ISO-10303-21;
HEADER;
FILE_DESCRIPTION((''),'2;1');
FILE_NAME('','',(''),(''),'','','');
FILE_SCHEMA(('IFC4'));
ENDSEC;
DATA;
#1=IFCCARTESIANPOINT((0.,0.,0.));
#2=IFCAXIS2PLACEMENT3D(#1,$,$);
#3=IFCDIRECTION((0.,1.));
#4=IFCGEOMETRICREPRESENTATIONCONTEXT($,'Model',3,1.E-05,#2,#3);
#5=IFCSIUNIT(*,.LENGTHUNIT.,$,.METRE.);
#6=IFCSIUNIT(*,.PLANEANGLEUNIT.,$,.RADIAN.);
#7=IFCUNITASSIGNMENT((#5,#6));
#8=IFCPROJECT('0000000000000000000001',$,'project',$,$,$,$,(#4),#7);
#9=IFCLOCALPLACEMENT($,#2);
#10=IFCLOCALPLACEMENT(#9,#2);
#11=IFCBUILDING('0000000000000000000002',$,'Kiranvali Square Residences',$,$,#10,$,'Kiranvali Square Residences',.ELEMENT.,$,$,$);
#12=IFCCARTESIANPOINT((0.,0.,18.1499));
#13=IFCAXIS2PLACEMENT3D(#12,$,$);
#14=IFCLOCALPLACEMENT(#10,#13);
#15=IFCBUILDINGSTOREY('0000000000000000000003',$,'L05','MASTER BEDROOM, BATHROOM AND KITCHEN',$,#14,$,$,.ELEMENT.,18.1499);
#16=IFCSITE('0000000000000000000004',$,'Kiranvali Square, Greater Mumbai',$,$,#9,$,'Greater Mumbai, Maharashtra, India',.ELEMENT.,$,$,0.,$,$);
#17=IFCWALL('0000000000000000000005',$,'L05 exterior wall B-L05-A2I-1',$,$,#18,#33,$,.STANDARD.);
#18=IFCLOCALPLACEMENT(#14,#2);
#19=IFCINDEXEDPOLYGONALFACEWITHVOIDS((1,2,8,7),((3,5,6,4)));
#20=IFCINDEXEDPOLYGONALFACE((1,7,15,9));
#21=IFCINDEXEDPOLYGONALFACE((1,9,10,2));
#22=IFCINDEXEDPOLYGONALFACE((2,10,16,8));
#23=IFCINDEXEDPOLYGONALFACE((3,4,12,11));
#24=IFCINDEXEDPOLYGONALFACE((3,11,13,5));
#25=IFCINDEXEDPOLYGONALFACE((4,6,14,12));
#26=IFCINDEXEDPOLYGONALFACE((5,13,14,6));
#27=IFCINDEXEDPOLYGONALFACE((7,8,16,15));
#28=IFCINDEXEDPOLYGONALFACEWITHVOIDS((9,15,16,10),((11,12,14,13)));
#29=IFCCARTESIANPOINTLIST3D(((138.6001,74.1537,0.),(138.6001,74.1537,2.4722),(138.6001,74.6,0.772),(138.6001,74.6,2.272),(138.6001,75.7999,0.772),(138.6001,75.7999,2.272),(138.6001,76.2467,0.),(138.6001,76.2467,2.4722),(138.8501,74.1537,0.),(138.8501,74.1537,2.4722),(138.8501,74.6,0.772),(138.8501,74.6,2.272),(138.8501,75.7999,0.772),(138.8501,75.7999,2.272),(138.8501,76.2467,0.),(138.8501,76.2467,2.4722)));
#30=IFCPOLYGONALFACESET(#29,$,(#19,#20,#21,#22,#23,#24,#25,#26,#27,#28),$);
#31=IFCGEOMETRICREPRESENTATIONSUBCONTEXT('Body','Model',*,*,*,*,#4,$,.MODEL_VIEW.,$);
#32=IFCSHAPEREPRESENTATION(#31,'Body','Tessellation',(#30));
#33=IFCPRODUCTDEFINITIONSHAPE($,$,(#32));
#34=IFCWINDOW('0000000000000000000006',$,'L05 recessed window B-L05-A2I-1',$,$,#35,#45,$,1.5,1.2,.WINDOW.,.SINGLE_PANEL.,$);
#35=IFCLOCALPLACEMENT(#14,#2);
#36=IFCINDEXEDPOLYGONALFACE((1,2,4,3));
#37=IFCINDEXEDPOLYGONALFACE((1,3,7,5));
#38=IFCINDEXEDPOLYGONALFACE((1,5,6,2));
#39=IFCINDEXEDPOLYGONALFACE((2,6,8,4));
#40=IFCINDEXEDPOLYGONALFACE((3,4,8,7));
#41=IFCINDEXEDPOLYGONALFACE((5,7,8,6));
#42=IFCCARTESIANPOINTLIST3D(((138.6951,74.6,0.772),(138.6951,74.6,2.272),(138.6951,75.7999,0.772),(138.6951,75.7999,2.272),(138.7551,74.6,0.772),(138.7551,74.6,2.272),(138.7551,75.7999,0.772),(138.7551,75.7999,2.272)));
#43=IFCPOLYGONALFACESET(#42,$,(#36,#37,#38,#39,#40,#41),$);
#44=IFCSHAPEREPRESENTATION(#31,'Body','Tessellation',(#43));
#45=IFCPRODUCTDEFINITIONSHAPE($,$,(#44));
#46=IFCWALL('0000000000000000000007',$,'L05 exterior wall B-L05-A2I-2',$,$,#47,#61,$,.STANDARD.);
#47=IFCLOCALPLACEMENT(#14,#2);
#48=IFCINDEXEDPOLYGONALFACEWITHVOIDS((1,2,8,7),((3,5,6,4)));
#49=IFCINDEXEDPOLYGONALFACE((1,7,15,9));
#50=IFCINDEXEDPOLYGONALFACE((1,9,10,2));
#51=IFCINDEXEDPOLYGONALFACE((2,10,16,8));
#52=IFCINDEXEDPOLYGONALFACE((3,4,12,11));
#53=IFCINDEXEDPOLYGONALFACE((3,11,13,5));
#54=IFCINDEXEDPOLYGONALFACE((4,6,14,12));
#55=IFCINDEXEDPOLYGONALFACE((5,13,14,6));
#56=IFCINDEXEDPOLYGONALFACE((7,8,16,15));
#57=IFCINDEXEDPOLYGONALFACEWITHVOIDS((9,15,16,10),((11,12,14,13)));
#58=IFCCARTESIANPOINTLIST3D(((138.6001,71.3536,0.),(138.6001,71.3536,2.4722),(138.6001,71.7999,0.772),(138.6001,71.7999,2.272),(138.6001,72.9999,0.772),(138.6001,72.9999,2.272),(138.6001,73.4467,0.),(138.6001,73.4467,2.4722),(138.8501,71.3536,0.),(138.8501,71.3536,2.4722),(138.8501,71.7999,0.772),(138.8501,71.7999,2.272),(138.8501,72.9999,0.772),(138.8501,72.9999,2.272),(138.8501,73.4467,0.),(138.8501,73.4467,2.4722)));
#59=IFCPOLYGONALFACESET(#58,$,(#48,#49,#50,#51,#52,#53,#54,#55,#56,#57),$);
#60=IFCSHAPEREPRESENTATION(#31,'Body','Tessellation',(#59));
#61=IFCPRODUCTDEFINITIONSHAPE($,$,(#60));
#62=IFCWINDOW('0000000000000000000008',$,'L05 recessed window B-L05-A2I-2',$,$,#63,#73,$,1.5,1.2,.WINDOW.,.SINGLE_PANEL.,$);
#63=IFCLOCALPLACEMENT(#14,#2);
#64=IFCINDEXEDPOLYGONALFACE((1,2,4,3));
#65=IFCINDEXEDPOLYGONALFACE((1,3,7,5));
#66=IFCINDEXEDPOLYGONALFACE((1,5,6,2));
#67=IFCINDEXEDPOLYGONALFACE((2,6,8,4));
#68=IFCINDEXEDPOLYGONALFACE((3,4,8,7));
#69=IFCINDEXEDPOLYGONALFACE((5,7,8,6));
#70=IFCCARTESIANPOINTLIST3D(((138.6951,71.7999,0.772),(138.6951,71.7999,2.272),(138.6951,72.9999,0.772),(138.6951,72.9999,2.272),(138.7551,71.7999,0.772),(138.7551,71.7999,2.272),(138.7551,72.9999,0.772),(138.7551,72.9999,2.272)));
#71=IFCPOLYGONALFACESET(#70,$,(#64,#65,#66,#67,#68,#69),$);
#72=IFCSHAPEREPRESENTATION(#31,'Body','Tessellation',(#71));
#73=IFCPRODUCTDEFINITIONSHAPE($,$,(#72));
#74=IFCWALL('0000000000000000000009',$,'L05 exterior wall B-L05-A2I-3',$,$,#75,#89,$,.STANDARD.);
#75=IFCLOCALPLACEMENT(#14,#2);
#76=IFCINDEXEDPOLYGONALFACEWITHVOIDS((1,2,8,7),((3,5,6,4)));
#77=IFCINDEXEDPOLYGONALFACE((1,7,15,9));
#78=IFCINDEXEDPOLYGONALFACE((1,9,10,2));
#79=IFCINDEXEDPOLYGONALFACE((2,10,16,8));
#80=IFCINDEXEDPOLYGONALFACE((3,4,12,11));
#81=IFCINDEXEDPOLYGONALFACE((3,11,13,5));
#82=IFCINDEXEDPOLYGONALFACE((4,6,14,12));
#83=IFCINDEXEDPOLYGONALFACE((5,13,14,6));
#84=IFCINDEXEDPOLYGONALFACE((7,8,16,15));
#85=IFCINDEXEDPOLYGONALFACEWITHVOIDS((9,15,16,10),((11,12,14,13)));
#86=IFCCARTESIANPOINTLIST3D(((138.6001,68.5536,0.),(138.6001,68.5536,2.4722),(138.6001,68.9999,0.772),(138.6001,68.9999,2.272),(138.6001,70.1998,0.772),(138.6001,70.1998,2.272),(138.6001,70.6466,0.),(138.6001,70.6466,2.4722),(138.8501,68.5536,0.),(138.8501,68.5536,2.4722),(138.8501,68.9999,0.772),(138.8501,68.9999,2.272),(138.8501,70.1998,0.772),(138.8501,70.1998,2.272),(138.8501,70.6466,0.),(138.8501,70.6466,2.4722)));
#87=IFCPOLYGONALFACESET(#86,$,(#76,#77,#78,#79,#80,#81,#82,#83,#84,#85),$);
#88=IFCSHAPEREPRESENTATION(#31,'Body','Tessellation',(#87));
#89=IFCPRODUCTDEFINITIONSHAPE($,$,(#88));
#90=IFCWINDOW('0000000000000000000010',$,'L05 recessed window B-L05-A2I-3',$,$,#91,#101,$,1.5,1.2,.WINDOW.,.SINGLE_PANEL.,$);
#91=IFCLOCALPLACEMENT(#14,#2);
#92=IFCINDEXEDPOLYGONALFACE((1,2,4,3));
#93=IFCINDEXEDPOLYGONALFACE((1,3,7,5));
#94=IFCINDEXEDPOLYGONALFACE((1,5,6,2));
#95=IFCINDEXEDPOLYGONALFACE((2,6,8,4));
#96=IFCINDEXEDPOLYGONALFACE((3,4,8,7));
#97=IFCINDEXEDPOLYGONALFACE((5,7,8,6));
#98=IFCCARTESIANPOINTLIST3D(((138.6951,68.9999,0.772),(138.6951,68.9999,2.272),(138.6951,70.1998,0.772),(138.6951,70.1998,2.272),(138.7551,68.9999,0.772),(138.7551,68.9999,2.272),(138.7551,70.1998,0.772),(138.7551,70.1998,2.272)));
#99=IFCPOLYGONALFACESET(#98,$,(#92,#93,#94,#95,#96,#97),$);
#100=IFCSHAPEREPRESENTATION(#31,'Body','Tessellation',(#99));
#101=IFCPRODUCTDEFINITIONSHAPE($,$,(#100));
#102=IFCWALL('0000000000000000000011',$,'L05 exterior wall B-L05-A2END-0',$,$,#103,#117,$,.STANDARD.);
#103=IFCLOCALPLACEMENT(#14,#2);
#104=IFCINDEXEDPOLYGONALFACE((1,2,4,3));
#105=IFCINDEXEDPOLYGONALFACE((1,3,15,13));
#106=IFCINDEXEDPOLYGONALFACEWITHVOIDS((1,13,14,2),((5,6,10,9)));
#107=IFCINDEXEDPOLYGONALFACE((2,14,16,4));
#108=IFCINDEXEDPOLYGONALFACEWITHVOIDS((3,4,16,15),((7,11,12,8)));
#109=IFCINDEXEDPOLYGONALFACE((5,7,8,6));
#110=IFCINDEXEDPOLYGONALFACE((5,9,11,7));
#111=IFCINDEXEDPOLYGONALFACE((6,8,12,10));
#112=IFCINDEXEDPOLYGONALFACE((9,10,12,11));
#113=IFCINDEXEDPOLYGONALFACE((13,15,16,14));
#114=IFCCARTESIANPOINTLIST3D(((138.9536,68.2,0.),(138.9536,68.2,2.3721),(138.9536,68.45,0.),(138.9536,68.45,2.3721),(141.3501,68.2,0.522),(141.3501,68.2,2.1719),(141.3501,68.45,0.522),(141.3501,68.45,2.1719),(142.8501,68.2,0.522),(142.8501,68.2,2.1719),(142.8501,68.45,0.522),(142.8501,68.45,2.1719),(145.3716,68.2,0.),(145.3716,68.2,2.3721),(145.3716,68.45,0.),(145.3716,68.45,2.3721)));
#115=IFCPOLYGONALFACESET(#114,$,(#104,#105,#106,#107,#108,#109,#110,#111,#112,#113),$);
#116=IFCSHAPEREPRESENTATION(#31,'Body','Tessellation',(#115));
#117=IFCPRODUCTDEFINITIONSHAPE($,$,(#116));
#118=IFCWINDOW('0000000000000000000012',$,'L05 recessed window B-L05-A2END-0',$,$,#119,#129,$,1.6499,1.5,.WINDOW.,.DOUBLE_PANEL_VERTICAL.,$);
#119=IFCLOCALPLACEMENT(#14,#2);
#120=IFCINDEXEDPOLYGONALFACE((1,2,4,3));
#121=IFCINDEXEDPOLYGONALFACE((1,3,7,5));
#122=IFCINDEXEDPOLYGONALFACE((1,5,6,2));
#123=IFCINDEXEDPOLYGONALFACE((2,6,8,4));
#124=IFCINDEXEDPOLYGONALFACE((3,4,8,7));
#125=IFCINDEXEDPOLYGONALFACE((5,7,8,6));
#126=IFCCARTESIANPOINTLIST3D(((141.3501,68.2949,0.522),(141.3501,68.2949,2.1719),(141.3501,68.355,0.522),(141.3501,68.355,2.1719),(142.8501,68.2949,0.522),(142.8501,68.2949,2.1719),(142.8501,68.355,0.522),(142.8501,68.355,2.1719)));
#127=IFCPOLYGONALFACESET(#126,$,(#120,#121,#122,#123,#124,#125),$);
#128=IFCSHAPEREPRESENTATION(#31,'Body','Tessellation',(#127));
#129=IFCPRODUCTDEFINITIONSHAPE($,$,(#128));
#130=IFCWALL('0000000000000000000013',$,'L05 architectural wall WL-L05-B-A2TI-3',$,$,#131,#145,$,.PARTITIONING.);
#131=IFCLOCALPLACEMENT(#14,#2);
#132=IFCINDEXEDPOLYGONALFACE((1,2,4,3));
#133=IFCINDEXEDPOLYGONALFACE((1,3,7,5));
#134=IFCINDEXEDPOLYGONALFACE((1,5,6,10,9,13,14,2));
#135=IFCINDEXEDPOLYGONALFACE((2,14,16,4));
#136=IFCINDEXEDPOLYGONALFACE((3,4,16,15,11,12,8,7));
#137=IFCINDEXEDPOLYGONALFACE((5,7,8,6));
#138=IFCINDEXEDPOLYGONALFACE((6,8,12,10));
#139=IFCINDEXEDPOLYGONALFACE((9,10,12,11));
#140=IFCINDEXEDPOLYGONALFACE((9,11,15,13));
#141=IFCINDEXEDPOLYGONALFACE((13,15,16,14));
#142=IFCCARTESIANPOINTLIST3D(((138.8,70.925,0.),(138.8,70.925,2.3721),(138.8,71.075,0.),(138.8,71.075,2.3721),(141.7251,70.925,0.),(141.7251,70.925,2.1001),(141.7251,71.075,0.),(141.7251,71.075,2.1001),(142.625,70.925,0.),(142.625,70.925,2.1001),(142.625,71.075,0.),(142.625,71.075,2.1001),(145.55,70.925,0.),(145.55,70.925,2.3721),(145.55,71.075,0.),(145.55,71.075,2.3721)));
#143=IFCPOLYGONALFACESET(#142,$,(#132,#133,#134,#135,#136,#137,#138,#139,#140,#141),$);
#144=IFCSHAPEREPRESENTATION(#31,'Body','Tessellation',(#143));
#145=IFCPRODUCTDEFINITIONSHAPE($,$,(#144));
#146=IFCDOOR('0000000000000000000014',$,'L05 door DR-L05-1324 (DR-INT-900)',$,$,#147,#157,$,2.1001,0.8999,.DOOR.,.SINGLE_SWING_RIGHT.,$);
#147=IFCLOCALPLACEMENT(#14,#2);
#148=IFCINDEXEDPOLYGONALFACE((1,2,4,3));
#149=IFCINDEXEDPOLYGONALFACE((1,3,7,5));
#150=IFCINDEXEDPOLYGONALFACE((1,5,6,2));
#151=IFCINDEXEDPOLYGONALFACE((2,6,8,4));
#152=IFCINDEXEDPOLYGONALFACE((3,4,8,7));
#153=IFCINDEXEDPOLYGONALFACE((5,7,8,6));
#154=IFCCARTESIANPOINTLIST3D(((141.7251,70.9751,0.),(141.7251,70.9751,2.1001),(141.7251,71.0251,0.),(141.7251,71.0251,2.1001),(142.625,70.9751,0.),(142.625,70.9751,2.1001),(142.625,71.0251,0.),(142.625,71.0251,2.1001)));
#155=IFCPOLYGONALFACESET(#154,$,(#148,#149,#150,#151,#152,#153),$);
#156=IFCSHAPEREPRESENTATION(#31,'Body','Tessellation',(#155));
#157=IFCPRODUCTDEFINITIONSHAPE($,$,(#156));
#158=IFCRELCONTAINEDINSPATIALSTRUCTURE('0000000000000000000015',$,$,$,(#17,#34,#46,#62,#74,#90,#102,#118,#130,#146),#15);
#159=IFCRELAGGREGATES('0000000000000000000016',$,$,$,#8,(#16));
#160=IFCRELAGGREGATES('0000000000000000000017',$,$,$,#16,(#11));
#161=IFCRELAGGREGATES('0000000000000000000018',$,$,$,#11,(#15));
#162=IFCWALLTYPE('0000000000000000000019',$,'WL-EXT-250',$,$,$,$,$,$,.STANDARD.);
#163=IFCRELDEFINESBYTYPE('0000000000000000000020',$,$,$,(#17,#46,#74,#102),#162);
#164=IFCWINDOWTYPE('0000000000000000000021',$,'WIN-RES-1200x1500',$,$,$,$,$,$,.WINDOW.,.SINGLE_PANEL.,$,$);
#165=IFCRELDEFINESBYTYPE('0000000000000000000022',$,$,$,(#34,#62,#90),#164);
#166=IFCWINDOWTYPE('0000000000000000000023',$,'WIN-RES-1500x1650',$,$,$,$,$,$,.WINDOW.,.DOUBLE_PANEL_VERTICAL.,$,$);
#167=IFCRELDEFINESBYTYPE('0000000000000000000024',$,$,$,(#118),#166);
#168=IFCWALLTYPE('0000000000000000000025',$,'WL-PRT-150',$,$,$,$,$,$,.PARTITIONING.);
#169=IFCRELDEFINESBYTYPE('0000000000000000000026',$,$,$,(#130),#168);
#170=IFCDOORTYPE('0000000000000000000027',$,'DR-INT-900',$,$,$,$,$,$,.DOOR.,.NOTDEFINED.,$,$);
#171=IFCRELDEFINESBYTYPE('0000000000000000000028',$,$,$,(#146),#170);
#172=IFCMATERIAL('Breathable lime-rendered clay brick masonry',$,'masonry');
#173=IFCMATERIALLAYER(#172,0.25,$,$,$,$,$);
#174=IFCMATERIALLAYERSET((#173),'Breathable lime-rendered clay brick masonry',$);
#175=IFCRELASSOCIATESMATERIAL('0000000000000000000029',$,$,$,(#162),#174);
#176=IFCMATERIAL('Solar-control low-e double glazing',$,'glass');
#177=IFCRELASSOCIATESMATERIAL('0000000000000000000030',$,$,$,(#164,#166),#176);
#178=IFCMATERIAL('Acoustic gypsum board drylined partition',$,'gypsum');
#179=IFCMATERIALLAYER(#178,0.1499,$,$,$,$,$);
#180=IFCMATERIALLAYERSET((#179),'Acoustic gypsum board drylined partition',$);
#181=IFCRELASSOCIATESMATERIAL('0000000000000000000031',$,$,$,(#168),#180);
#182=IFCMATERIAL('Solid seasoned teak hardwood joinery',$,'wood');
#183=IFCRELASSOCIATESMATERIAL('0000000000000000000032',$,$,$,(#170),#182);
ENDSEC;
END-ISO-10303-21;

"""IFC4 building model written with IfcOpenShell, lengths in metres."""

from ifc_helpers import new_model, si_unit, direction, frame, frame_2d, origin, place, context, subcontext, project, spatial, rectangle, extrude, material, layer, layer_set, type_object, element, fill, save


model = new_model("IFC4")

# Units and contexts
model_context = context("Model", 3, precision=1e-05, world=origin(), true_north=direction((0.0, 1.0)))
body_context = subcontext(model_context, "Body", "Model", "MODEL_VIEW")
ifc_project = project(units=[si_unit("LENGTHUNIT", "METRE"), si_unit("PLANEANGLEUNIT", "RADIAN")], contexts=[model_context])

# Site, building, storey
site_placement = place(None, origin())
site = spatial("IfcSite", under=ifc_project, at=site_placement, Name="Kiranvali Square, Greater Mumbai", LongName="Greater Mumbai, Maharashtra, India", CompositionType="ELEMENT", RefElevation=0.0)
building_placement = place(site_placement, origin())
building = spatial("IfcBuilding", under=site, at=building_placement, Name="Kiranvali Square Residences", LongName="Kiranvali Square Residences", CompositionType="ELEMENT")
storey_placement = place(building_placement, frame((0.0, 0.0, 18.1499)))
storey = spatial("IfcBuildingStorey", under=building, at=storey_placement, Name="L05", Description="MASTER BEDROOM, BATHROOM AND KITCHEN", CompositionType="ELEMENT", Elevation=18.1499)

# Walls, openings, windows
ifc_material_1 = material(Name="Breathable lime-rendered clay brick masonry", Category="masonry")
ifc_layer_1 = layer(ifc_material_1, 0.25)
ifc_layer_set_1 = layer_set([ifc_layer_1], Name="Breathable lime-rendered clay brick masonry")
wall_type_1 = type_object("IfcWallType", Name="WL-EXT-250", PredefinedType="STANDARD", material=ifc_layer_set_1)
wall_1_placement = place(storey_placement, frame((138.7251, 76.2466, 0.0), z_axis=(0.0, 0.0, 1.0), x_axis=(0.0, -1.0, 0.0)))
wall_1 = element("IfcWall", 1, at=wall_1_placement, inside=storey, type_object=wall_type_1, Name="L05 exterior wall B-L05-A2I-1", PredefinedType="STANDARD", context=body_context, shape_type="SweptSolid", body=[
    extrude(rectangle(XDim=2.093, YDim=0.25, at=frame_2d((1.0464, 0.0))), origin(), (0.0, 0.0, 1.0), 2.4722),
])
opening_1_placement = place(wall_1_placement, frame((0.4465, 0.0, 0.772)))
opening_1 = element("IfcOpeningElement", 2, at=opening_1_placement, cuts=wall_1, PredefinedType="OPENING", context=body_context, shape_type="SweptSolid", body=[
    extrude(rectangle(XDim=1.2, YDim=1.5, at=frame_2d((0.6001, 0.75))), frame((0.0, 0.135, 0.0), z_axis=(0.0, -1.0, 0.0), x_axis=(1.0, 0.0, 0.0)), (0.0, 0.0, 1.0), 0.27),
])
ifc_material_2 = material(Name="Solar-control low-e double glazing", Category="glass")
window_type_1 = type_object("IfcWindowType", Name="WIN-RES-1200x1500", PartitioningType="SINGLE_PANEL", PredefinedType="WINDOW", material=ifc_material_2)
window_1_placement = place(opening_1_placement, origin())
window_1 = element("IfcWindow", 3, at=window_1_placement, inside=storey, type_object=window_type_1, Name="L05 recessed window B-L05-A2I-1", OverallHeight=1.5, OverallWidth=1.2, PartitioningType="SINGLE_PANEL", PredefinedType="WINDOW", context=body_context, shape_type="SweptSolid", body=[
    extrude(rectangle(XDim=1.2, YDim=1.5, at=frame_2d((0.6001, 0.75))), frame((0.0, 0.03, 0.0), z_axis=(0.0, -1.0, 0.0), x_axis=(1.0, 0.0, 0.0)), (0.0, 0.0, 1.0), 0.0601),
])
fill(opening_1, window_1)
wall_2_placement = place(storey_placement, frame((138.7251, 73.4465, 0.0), z_axis=(0.0, 0.0, 1.0), x_axis=(0.0, -1.0, 0.0)))
wall_2 = element("IfcWall", 4, at=wall_2_placement, inside=storey, type_object=wall_type_1, Name="L05 exterior wall B-L05-A2I-2", PredefinedType="STANDARD", context=body_context, shape_type="SweptSolid", body=[
    extrude(rectangle(XDim=2.093, YDim=0.25, at=frame_2d((1.0464, 0.0))), origin(), (0.0, 0.0, 1.0), 2.4722),
])
opening_2_placement = place(wall_2_placement, frame((0.4465, 0.0, 0.772)))
opening_2 = element("IfcOpeningElement", 5, at=opening_2_placement, cuts=wall_2, PredefinedType="OPENING", context=body_context, shape_type="SweptSolid", body=[
    extrude(rectangle(XDim=1.2, YDim=1.5, at=frame_2d((0.6001, 0.75))), frame((0.0, 0.135, 0.0), z_axis=(0.0, -1.0, 0.0), x_axis=(1.0, 0.0, 0.0)), (0.0, 0.0, 1.0), 0.27),
])
window_2_placement = place(opening_2_placement, origin())
window_2 = element("IfcWindow", 6, at=window_2_placement, inside=storey, type_object=window_type_1, Name="L05 recessed window B-L05-A2I-2", OverallHeight=1.5, OverallWidth=1.2, PartitioningType="SINGLE_PANEL", PredefinedType="WINDOW", context=body_context, shape_type="SweptSolid", body=[
    extrude(rectangle(XDim=1.2, YDim=1.5, at=frame_2d((0.6001, 0.75))), frame((0.0, 0.03, 0.0), z_axis=(0.0, -1.0, 0.0), x_axis=(1.0, 0.0, 0.0)), (0.0, 0.0, 1.0), 0.0601),
])
fill(opening_2, window_2)
wall_3_placement = place(storey_placement, frame((138.7251, 70.6465, 0.0), z_axis=(0.0, 0.0, 1.0), x_axis=(0.0, -1.0, 0.0)))
wall_3 = element("IfcWall", 7, at=wall_3_placement, inside=storey, type_object=wall_type_1, Name="L05 exterior wall B-L05-A2I-3", PredefinedType="STANDARD", context=body_context, shape_type="SweptSolid", body=[
    extrude(rectangle(XDim=2.093, YDim=0.25, at=frame_2d((1.0464, 0.0))), origin(), (0.0, 0.0, 1.0), 2.4722),
])
opening_3_placement = place(wall_3_placement, frame((0.4465, 0.0, 0.772)))
opening_3 = element("IfcOpeningElement", 8, at=opening_3_placement, cuts=wall_3, PredefinedType="OPENING", context=body_context, shape_type="SweptSolid", body=[
    extrude(rectangle(XDim=1.2, YDim=1.5, at=frame_2d((0.6001, 0.75))), frame((0.0, 0.135, 0.0), z_axis=(0.0, -1.0, 0.0), x_axis=(1.0, 0.0, 0.0)), (0.0, 0.0, 1.0), 0.27),
])
window_3_placement = place(opening_3_placement, origin())
window_3 = element("IfcWindow", 9, at=window_3_placement, inside=storey, type_object=window_type_1, Name="L05 recessed window B-L05-A2I-3", OverallHeight=1.5, OverallWidth=1.2, PartitioningType="SINGLE_PANEL", PredefinedType="WINDOW", context=body_context, shape_type="SweptSolid", body=[
    extrude(rectangle(XDim=1.2, YDim=1.5, at=frame_2d((0.6001, 0.75))), frame((0.0, 0.03, 0.0), z_axis=(0.0, -1.0, 0.0), x_axis=(1.0, 0.0, 0.0)), (0.0, 0.0, 1.0), 0.0601),
])
fill(opening_3, window_3)
wall_4_placement = place(storey_placement, frame((138.9536, 68.325, 0.0), z_axis=(0.0, 0.0, 1.0), x_axis=(1.0, 0.0, 0.0)))
wall_4 = element("IfcWall", 10, at=wall_4_placement, inside=storey, type_object=wall_type_1, Name="L05 exterior wall B-L05-A2END-0", PredefinedType="STANDARD", context=body_context, shape_type="SweptSolid", body=[
    extrude(rectangle(XDim=6.418, YDim=0.25, at=frame_2d((3.209, 0.0))), origin(), (0.0, 0.0, 1.0), 2.3721),
])
opening_4_placement = place(wall_4_placement, frame((2.3965, 0.0, 0.522)))
opening_4 = element("IfcOpeningElement", 11, at=opening_4_placement, cuts=wall_4, PredefinedType="OPENING", context=body_context, shape_type="SweptSolid", body=[
    extrude(rectangle(XDim=1.5, YDim=1.6499, at=frame_2d((0.75, 0.825))), frame((0.0, 0.135, 0.0), z_axis=(0.0, -1.0, 0.0), x_axis=(1.0, 0.0, 0.0)), (0.0, 0.0, 1.0), 0.27),
])
window_type_2 = type_object("IfcWindowType", Name="WIN-RES-1500x1650", PartitioningType="DOUBLE_PANEL_VERTICAL", PredefinedType="WINDOW", material=ifc_material_2)
window_4_placement = place(opening_4_placement, origin())
window_4 = element("IfcWindow", 12, at=window_4_placement, inside=storey, type_object=window_type_2, Name="L05 recessed window B-L05-A2END-0", OverallHeight=1.6499, OverallWidth=1.5, PartitioningType="DOUBLE_PANEL_VERTICAL", PredefinedType="WINDOW", context=body_context, shape_type="SweptSolid", body=[
    extrude(rectangle(XDim=1.5, YDim=1.6499, at=frame_2d((0.75, 0.825))), frame((0.0, 0.03, 0.0), z_axis=(0.0, -1.0, 0.0), x_axis=(1.0, 0.0, 0.0)), (0.0, 0.0, 1.0), 0.0601),
])
fill(opening_4, window_4)

# Wall, opening, door
ifc_material_3 = material(Name="Acoustic gypsum board drylined partition", Category="gypsum")
ifc_layer_2 = layer(ifc_material_3, 0.1499)
ifc_layer_set_2 = layer_set([ifc_layer_2], Name="Acoustic gypsum board drylined partition")
wall_type_2 = type_object("IfcWallType", Name="WL-PRT-150", PredefinedType="PARTITIONING", material=ifc_layer_set_2)
wall_5_placement = place(storey_placement, frame((138.8, 71.0, 0.0), z_axis=(0.0, 0.0, 1.0), x_axis=(1.0, 0.0, 0.0)))
wall_5 = element("IfcWall", 13, at=wall_5_placement, inside=storey, type_object=wall_type_2, Name="L05 architectural wall WL-L05-B-A2TI-3", PredefinedType="PARTITIONING", context=body_context, shape_type="SweptSolid", body=[
    extrude(rectangle(XDim=6.75, YDim=0.1499, at=frame_2d((3.375, 0.0))), origin(), (0.0, 0.0, 1.0), 2.3721),
])
opening_5_placement = place(wall_5_placement, frame((2.925, 0.0, 0.0)))
opening_5 = element("IfcOpeningElement", 14, at=opening_5_placement, cuts=wall_5, PredefinedType="OPENING", context=body_context, shape_type="SweptSolid", body=[
    extrude(rectangle(XDim=0.8999, YDim=2.1001, at=frame_2d((0.45, 1.05))), frame((0.0, 0.085, 0.0), z_axis=(0.0, -1.0, 0.0), x_axis=(1.0, 0.0, 0.0)), (0.0, 0.0, 1.0), 0.1699),
])
ifc_material_4 = material(Name="Solid seasoned teak hardwood joinery", Category="wood")
door_type = type_object("IfcDoorType", Name="DR-INT-900", OperationType="NOTDEFINED", PredefinedType="DOOR", material=ifc_material_4)
door_placement = place(opening_5_placement, frame((0.8999, 0.0, 0.0), z_axis=(0.0, 0.0, 1.0), x_axis=(-1.0, 0.0, 0.0)))
door = element("IfcDoor", 15, at=door_placement, inside=storey, type_object=door_type, Name="L05 door DR-L05-1324 (DR-INT-900)", OperationType="SINGLE_SWING_RIGHT", OverallHeight=2.1001, OverallWidth=0.8999, PredefinedType="DOOR", context=body_context, shape_type="SweptSolid", body=[
    extrude(rectangle(XDim=0.8999, YDim=2.1001, at=frame_2d((0.45, 1.05))), frame((0.0, 0.0249, 0.0), z_axis=(0.0, -1.0, 0.0), x_axis=(1.0, 0.0, 0.0)), (0.0, 0.0, 1.0), 0.05),
])
fill(opening_5, door)

save(model, "model.ifc")
